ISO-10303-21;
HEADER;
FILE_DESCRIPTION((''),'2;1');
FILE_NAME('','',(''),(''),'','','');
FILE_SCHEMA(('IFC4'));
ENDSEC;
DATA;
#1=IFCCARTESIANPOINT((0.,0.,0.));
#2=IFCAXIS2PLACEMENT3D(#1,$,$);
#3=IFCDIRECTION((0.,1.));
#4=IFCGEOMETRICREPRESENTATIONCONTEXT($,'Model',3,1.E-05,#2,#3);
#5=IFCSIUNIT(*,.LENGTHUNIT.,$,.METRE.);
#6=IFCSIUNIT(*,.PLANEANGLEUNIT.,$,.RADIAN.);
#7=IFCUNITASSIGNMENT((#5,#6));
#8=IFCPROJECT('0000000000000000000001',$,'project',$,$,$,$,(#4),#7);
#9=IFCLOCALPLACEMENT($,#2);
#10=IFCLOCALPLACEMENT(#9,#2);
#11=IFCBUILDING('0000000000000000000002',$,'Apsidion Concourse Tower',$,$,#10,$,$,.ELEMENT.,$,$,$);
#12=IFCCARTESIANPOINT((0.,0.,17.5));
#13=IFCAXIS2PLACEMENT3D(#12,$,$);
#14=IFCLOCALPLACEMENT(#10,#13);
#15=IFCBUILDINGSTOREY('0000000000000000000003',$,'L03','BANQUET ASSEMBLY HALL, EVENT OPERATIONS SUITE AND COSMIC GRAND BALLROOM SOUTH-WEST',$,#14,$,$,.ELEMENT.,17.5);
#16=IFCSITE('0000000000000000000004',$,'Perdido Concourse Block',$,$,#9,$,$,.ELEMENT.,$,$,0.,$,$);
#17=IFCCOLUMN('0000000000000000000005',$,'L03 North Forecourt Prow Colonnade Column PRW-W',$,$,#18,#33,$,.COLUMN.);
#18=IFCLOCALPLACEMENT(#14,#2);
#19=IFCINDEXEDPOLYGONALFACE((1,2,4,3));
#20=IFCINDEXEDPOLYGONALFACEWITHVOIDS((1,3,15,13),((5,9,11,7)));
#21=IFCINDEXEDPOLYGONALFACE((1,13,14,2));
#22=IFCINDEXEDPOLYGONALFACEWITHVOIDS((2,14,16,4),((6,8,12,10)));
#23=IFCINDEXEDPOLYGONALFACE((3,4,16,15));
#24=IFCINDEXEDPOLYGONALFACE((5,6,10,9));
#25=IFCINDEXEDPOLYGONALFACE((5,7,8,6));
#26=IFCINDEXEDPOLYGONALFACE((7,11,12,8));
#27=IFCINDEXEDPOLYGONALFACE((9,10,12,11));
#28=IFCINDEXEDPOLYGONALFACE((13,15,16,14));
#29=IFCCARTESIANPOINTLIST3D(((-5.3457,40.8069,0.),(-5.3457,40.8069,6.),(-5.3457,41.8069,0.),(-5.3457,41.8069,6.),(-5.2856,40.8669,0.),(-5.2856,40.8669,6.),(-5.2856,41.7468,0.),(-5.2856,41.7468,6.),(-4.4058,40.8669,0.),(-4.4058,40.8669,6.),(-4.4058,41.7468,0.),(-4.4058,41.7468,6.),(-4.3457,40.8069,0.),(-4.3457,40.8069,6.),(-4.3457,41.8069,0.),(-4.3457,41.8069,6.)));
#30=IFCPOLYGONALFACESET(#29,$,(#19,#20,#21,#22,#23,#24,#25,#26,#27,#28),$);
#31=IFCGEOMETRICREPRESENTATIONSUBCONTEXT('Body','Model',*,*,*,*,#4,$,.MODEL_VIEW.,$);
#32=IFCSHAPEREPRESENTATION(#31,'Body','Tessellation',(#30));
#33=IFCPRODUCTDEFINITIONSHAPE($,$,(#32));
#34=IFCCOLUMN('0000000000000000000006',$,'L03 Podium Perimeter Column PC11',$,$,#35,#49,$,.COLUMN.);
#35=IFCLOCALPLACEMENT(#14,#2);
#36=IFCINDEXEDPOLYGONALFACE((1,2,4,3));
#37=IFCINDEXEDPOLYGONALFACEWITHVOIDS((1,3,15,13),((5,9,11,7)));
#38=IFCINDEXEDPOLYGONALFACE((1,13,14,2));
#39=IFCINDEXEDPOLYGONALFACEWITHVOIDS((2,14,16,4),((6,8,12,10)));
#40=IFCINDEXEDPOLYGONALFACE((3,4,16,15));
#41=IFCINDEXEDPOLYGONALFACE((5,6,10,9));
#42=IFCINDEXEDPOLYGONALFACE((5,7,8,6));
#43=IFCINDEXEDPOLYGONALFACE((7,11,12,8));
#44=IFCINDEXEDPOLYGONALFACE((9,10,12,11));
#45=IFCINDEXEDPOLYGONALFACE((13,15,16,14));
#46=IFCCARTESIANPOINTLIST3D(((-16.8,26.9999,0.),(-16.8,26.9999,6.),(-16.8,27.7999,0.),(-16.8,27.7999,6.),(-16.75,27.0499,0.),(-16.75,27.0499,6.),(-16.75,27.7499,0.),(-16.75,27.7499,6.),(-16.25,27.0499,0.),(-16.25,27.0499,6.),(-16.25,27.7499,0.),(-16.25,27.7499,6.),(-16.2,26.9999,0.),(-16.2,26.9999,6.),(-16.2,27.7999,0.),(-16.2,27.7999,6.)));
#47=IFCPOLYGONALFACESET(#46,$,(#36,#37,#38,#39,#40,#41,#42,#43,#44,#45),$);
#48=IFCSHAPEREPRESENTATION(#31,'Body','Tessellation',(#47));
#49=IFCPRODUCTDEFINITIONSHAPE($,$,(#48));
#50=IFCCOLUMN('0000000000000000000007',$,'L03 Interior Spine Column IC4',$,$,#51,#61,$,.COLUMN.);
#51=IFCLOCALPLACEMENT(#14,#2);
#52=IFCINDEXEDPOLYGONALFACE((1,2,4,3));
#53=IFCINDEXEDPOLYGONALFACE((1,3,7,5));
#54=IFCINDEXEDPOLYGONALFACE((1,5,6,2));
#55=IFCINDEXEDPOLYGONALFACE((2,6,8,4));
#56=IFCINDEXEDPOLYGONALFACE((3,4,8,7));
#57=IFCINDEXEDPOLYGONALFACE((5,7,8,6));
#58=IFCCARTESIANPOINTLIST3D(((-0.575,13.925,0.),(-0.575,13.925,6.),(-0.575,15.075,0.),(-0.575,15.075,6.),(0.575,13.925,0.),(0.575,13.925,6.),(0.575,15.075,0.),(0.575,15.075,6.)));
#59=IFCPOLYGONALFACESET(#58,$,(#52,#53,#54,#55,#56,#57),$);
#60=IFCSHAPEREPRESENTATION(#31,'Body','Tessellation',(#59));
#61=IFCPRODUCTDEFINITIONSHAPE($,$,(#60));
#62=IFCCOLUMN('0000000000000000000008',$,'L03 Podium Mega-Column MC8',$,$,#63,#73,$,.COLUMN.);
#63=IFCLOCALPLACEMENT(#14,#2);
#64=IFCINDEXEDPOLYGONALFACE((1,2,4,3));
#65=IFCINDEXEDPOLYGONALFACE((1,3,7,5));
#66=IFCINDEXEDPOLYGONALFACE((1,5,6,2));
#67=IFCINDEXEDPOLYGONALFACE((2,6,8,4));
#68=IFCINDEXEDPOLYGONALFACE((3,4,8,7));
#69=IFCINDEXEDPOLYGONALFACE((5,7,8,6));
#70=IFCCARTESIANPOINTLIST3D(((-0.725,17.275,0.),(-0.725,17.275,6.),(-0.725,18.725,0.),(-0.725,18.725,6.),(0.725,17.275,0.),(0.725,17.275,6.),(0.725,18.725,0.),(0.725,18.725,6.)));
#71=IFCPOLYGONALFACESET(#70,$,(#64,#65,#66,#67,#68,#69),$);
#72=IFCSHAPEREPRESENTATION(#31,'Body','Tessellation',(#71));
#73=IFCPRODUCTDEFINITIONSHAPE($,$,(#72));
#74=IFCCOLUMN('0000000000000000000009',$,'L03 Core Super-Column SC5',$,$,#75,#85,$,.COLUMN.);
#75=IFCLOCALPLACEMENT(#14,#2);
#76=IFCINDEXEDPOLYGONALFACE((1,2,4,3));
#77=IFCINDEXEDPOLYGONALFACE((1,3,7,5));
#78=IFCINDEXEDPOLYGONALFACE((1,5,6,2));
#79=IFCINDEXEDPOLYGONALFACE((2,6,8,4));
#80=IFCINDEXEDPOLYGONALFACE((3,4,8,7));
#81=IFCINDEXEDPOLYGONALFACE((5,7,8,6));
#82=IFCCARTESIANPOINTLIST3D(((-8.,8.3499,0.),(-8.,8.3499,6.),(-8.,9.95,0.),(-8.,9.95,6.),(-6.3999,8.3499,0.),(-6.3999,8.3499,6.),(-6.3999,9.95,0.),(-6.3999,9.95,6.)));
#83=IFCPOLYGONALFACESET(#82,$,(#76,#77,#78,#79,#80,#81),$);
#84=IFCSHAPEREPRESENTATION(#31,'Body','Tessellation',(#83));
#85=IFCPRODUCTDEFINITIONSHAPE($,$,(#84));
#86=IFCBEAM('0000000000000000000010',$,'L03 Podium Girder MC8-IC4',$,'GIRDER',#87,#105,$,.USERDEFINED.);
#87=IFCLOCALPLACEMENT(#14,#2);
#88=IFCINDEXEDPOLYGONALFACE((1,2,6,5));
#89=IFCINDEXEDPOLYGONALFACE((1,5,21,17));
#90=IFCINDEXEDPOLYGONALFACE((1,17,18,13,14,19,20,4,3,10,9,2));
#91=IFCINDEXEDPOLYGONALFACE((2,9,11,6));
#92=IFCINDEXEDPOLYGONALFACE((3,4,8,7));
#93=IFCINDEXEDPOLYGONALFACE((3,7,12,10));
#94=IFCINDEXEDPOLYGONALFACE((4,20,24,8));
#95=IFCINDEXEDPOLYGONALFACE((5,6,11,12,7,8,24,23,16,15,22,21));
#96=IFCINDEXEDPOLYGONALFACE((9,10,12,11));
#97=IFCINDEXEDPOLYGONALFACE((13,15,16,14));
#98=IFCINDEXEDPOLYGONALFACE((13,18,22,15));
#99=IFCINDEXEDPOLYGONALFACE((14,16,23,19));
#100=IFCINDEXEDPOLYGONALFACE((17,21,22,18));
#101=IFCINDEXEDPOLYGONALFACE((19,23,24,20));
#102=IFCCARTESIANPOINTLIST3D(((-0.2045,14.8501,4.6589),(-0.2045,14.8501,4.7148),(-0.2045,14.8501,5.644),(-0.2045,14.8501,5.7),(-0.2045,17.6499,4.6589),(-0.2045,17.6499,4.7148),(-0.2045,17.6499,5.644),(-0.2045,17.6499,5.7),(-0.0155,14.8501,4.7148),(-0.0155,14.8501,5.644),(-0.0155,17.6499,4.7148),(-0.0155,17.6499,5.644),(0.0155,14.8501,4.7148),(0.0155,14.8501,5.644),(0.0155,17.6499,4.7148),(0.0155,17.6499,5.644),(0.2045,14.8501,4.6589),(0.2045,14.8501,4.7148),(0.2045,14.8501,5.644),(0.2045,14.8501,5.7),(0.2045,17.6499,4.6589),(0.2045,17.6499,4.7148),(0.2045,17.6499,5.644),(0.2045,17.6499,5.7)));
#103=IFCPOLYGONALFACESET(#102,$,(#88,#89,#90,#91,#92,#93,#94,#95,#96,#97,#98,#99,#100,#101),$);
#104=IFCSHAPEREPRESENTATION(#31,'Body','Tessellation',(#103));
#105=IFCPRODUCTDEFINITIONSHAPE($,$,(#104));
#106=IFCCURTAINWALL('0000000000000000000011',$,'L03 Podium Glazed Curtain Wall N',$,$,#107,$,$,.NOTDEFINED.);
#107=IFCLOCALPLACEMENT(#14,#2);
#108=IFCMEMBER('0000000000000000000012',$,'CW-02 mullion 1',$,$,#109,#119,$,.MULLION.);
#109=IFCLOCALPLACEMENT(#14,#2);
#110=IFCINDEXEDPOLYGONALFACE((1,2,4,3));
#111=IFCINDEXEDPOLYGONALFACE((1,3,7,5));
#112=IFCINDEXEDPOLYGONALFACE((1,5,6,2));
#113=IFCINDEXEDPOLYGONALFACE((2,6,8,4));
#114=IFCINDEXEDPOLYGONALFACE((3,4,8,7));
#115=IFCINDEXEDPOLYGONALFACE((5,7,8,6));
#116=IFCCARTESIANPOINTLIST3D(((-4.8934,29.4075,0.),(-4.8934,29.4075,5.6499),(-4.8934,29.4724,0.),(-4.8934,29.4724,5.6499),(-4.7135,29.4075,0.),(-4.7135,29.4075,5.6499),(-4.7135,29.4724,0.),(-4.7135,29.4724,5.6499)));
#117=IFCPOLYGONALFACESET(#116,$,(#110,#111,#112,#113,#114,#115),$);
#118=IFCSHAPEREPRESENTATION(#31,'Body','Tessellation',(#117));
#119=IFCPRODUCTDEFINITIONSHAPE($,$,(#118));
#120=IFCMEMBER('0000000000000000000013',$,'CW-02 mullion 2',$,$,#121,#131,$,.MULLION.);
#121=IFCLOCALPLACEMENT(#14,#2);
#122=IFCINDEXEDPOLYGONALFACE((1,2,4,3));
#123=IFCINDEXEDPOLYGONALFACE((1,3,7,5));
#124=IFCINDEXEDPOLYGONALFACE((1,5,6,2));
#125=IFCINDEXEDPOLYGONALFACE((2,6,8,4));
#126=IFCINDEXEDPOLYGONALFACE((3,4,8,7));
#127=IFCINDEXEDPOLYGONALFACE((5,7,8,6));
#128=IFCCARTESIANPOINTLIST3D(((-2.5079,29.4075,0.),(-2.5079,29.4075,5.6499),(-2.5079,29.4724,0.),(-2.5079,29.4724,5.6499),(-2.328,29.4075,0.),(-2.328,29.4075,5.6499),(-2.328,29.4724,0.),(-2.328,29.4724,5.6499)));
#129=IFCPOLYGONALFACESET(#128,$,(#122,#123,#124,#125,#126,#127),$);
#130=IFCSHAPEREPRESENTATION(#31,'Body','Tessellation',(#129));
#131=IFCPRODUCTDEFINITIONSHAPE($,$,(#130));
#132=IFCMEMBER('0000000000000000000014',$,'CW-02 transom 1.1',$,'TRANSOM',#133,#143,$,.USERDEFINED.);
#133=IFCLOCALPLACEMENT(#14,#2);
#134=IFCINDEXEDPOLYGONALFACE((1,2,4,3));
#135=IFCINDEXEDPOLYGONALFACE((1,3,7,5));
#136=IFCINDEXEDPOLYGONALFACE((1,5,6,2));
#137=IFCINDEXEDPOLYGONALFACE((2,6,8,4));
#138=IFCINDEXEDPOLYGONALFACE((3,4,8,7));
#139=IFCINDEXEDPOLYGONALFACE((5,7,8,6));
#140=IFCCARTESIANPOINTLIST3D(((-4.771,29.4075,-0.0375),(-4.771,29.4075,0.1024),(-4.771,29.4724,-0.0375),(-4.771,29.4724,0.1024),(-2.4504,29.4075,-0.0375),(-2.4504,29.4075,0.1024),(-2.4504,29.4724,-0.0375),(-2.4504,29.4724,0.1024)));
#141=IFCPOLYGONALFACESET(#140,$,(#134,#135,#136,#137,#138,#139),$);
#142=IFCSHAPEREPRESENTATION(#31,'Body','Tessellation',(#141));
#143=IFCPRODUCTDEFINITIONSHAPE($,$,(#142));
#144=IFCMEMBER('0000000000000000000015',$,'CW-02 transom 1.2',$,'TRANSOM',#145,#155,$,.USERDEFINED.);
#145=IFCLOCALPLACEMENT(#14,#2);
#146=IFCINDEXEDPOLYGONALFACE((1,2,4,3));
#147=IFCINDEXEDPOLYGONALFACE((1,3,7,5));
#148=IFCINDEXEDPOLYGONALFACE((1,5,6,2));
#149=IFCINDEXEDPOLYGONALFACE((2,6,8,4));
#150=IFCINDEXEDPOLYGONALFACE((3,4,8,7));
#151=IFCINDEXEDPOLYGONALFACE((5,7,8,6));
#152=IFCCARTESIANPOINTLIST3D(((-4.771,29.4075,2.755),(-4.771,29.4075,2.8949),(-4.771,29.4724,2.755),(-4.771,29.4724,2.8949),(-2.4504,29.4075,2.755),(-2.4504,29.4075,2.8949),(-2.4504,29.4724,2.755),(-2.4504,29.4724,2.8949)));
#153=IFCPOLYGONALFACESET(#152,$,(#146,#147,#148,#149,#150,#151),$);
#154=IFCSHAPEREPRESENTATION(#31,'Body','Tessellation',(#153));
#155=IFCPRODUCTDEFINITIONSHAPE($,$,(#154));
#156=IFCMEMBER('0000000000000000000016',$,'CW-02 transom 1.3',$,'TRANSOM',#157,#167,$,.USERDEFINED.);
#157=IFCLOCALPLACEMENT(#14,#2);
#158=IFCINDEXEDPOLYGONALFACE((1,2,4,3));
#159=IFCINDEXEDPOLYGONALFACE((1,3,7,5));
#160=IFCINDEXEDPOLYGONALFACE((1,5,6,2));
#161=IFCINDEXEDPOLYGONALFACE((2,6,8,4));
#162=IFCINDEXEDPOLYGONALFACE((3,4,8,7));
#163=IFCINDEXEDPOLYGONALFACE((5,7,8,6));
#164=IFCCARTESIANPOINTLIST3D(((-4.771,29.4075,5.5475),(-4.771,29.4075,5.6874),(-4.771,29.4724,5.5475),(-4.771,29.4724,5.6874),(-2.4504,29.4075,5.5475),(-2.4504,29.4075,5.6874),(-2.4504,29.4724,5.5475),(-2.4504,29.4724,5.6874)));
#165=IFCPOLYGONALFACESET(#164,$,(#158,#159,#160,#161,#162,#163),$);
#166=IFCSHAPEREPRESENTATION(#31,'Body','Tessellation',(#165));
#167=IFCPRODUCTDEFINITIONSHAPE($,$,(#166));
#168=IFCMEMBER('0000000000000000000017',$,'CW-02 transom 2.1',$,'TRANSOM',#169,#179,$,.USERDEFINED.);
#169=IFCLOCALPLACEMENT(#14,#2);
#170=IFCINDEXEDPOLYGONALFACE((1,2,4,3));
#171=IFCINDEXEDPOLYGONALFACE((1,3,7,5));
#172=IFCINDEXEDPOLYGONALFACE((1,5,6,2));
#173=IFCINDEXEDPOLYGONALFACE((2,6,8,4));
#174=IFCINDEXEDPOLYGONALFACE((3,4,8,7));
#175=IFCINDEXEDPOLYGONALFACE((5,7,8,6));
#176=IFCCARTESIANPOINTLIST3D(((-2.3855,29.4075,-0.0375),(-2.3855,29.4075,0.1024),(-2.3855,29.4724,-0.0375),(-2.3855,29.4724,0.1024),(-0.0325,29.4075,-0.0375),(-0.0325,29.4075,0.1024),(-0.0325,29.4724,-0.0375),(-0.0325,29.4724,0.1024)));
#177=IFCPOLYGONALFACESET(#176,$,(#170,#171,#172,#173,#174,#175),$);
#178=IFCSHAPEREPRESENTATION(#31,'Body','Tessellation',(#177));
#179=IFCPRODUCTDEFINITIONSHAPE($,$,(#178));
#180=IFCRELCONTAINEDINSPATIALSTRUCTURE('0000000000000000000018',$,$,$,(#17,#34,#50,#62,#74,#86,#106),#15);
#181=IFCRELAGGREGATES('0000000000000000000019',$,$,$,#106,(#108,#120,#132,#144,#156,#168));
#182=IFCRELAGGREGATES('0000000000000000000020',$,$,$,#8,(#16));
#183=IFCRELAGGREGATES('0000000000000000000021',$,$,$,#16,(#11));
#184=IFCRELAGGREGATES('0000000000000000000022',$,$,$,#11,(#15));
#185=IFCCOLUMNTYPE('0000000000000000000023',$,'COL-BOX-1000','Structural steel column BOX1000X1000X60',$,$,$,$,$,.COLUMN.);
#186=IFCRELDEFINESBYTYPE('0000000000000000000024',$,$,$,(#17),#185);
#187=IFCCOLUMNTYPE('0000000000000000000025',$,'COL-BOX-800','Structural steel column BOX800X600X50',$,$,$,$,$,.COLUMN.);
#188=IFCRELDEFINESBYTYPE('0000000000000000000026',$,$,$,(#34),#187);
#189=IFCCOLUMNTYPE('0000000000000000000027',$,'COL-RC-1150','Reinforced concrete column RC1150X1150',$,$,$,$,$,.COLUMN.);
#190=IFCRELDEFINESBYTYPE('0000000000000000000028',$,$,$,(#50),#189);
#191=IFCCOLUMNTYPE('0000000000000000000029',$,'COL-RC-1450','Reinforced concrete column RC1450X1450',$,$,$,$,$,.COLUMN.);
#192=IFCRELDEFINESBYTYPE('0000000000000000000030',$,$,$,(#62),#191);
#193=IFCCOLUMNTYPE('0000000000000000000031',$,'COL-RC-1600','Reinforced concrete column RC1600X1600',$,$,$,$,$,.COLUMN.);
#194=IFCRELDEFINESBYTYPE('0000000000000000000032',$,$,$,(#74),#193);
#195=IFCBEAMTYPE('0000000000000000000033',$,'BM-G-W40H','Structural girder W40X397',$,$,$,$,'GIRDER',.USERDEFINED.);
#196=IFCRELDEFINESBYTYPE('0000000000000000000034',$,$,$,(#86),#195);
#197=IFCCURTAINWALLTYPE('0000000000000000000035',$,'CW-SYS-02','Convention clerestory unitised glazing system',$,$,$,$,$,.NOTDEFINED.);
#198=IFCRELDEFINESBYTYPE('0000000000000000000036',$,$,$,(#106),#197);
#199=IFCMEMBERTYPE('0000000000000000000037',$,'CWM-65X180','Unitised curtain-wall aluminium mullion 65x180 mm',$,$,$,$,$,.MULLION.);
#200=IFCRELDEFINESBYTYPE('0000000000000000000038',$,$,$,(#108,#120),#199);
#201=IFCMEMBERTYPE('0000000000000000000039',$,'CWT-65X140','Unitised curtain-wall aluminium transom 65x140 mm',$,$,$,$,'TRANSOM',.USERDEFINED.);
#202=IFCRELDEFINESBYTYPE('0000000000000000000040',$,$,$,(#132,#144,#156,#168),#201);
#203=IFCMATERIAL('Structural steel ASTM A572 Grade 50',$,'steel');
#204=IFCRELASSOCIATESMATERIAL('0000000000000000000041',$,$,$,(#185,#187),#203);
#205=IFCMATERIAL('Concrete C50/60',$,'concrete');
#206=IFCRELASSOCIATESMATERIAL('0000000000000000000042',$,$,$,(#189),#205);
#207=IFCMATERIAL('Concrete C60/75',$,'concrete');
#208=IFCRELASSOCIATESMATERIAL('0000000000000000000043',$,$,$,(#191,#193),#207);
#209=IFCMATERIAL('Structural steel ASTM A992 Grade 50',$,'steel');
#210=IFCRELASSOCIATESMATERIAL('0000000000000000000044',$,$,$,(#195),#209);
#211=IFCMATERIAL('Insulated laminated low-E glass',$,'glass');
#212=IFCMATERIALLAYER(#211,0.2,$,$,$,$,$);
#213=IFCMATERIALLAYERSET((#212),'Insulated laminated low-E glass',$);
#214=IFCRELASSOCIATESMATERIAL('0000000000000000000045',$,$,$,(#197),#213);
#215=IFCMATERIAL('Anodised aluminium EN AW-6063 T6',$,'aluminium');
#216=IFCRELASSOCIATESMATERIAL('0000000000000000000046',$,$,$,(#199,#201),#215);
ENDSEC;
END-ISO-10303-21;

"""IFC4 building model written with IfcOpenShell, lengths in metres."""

from ifc_helpers import new_model, si_unit, direction, frame, origin, origin_2d, place, context, subcontext, project, spatial, rectangle, hollow_rectangle, i_section, extrude, material, layer, layer_set, material_profile, profile_set, type_object, element, aggregate, save


model = new_model("IFC4")

# Units and contexts
model_context = context("Model", 3, precision=1e-05, world=origin(), true_north=direction((0.0, 1.0)))
body_context = subcontext(model_context, "Body", "Model", "MODEL_VIEW")
ifc_project = project(units=[si_unit("LENGTHUNIT", "METRE"), si_unit("PLANEANGLEUNIT", "RADIAN")], contexts=[model_context])

# Site, building, storey
site_placement = place(None, origin())
site = spatial("IfcSite", under=ifc_project, at=site_placement, Name="Perdido Concourse Block", CompositionType="ELEMENT", RefElevation=0.0)
building_placement = place(site_placement, origin())
building = spatial("IfcBuilding", under=site, at=building_placement, Name="Apsidion Concourse Tower", CompositionType="ELEMENT")
storey_placement = place(building_placement, frame((0.0, 0.0, 17.5)))
storey = spatial("IfcBuildingStorey", under=building, at=storey_placement, Name="L03", Description="BANQUET ASSEMBLY HALL, EVENT OPERATIONS SUITE AND COSMIC GRAND BALLROOM SOUTH-WEST", CompositionType="ELEMENT", Elevation=17.5)

# Columns
ifc_material_1 = material(Name="Structural steel ASTM A572 Grade 50", Category="steel")
ifc_material_profile_1 = material_profile(ifc_material_1, hollow_rectangle(XDim=1.0, YDim=1.0, WallThickness=0.0601, at=origin_2d()), Name="BOX1000X1000X60")
ifc_profile_set_1 = profile_set([ifc_material_profile_1], Name="Structural steel ASTM A572 Grade 50")
column_type_1 = type_object("IfcColumnType", Name="COL-BOX-1000", Description="Structural steel column BOX1000X1000X60", PredefinedType="COLUMN", material=ifc_profile_set_1)
column_1_placement = place(storey_placement, frame((-4.8457, 41.3069, 0.0), z_axis=(0.0, 0.0, 1.0), x_axis=(1.0, 0.0, 0.0)))
element("IfcColumn", 1, at=column_1_placement, inside=storey, type_object=column_type_1, Name="L03 North Forecourt Prow Colonnade Column PRW-W", PredefinedType="COLUMN", context=body_context, shape_type="SweptSolid", body=[
    extrude(hollow_rectangle(XDim=1.0, YDim=1.0, WallThickness=0.0601, at=origin_2d()), origin(), (0.0, 0.0, 1.0), 6.0),
])
ifc_material_profile_2 = material_profile(ifc_material_1, hollow_rectangle(XDim=0.6001, YDim=0.8, WallThickness=0.05, at=origin_2d()), Name="BOX800X600X50")
ifc_profile_set_2 = profile_set([ifc_material_profile_2], Name="Structural steel ASTM A572 Grade 50")
column_type_2 = type_object("IfcColumnType", Name="COL-BOX-800", Description="Structural steel column BOX800X600X50", PredefinedType="COLUMN", material=ifc_profile_set_2)
column_2_placement = place(storey_placement, frame((-16.5, 27.3999, 0.0), z_axis=(0.0, 0.0, 1.0), x_axis=(1.0, 0.0, 0.0)))
element("IfcColumn", 2, at=column_2_placement, inside=storey, type_object=column_type_2, Name="L03 Podium Perimeter Column PC11", PredefinedType="COLUMN", context=body_context, shape_type="SweptSolid", body=[
    extrude(hollow_rectangle(XDim=0.6001, YDim=0.8, WallThickness=0.05, at=origin_2d()), origin(), (0.0, 0.0, 1.0), 6.0),
])
ifc_material_2 = material(Name="Concrete C50/60", Category="concrete")
ifc_material_profile_3 = material_profile(ifc_material_2, rectangle(XDim=1.1499, YDim=1.1499, at=origin_2d()), Name="RC 1150x1150")
ifc_profile_set_3 = profile_set([ifc_material_profile_3], Name="Concrete C50/60")
column_type_3 = type_object("IfcColumnType", Name="COL-RC-1150", Description="Reinforced concrete column RC1150X1150", PredefinedType="COLUMN", material=ifc_profile_set_3)
column_3_placement = place(storey_placement, frame((0.0, 14.5, 0.0), z_axis=(0.0, 0.0, 1.0), x_axis=(1.0, 0.0, 0.0)))
element("IfcColumn", 3, at=column_3_placement, inside=storey, type_object=column_type_3, Name="L03 Interior Spine Column IC4", PredefinedType="COLUMN", context=body_context, shape_type="SweptSolid", body=[
    extrude(rectangle(XDim=1.1499, YDim=1.1499, at=origin_2d()), origin(), (0.0, 0.0, 1.0), 6.0),
])
ifc_material_3 = material(Name="Concrete C60/75", Category="concrete")
ifc_material_profile_4 = material_profile(ifc_material_3, rectangle(XDim=1.45, YDim=1.45, at=origin_2d()), Name="RC 1450x1450")
ifc_profile_set_4 = profile_set([ifc_material_profile_4], Name="Concrete C60/75")
column_type_4 = type_object("IfcColumnType", Name="COL-RC-1450", Description="Reinforced concrete column RC1450X1450", PredefinedType="COLUMN", material=ifc_profile_set_4)
column_4_placement = place(storey_placement, frame((0.0, 18.0, 0.0), z_axis=(0.0, 0.0, 1.0), x_axis=(1.0, 0.0, 0.0)))
element("IfcColumn", 4, at=column_4_placement, inside=storey, type_object=column_type_4, Name="L03 Podium Mega-Column MC8", PredefinedType="COLUMN", context=body_context, shape_type="SweptSolid", body=[
    extrude(rectangle(XDim=1.45, YDim=1.45, at=origin_2d()), origin(), (0.0, 0.0, 1.0), 6.0),
])
ifc_material_profile_5 = material_profile(ifc_material_3, rectangle(XDim=1.6001, YDim=1.6001, at=origin_2d()), Name="RC 1600x1600")
ifc_profile_set_5 = profile_set([ifc_material_profile_5], Name="Concrete C60/75")
column_type_5 = type_object("IfcColumnType", Name="COL-RC-1600", Description="Reinforced concrete column RC1600X1600", PredefinedType="COLUMN", material=ifc_profile_set_5)
column_5_placement = place(storey_placement, frame((-7.2, 9.1499, 0.0), z_axis=(0.0, 0.0, 1.0), x_axis=(1.0, 0.0, 0.0)))
element("IfcColumn", 5, at=column_5_placement, inside=storey, type_object=column_type_5, Name="L03 Core Super-Column SC5", PredefinedType="COLUMN", context=body_context, shape_type="SweptSolid", body=[
    extrude(rectangle(XDim=1.6001, YDim=1.6001, at=origin_2d()), origin(), (0.0, 0.0, 1.0), 6.0),
])

# Beam
ifc_material_4 = material(Name="Structural steel ASTM A992 Grade 50", Category="steel")
ifc_material_profile_6 = material_profile(ifc_material_4, i_section(OverallWidth=0.4089, OverallDepth=1.041, WebThickness=0.031, FlangeThickness=0.0559, at=origin_2d()), Name="W40X397")
ifc_profile_set_6 = profile_set([ifc_material_profile_6], Name="Structural steel ASTM A992 Grade 50")
beam_type = type_object("IfcBeamType", Name="BM-G-W40H", Description="Structural girder W40X397", ElementType="GIRDER", PredefinedType="USERDEFINED", material=ifc_profile_set_6)
beam_placement = place(storey_placement, frame((0.0, 17.6499, 5.1794), z_axis=(0.0, -1.0, 0.0), x_axis=(1.0, 0.0, 0.0)))
element("IfcBeam", 6, at=beam_placement, inside=storey, type_object=beam_type, Name="L03 Podium Girder MC8-IC4", ObjectType="GIRDER", PredefinedType="USERDEFINED", context=body_context, shape_type="SweptSolid", body=[
    extrude(i_section(OverallWidth=0.4089, OverallDepth=1.041, WebThickness=0.031, FlangeThickness=0.0559, at=origin_2d()), origin(), (0.0, 0.0, 1.0), 2.7998),
])

# Curtain wall, members
ifc_material_5 = material(Name="Insulated laminated low-E glass", Category="glass")
ifc_layer_1 = layer(ifc_material_5, 0.2)
ifc_layer_set_1 = layer_set([ifc_layer_1], Name="Insulated laminated low-E glass")
curtain_wall_type = type_object("IfcCurtainWallType", Name="CW-SYS-02", Description="Convention clerestory unitised glazing system", PredefinedType="NOTDEFINED", material=ifc_layer_set_1)
curtain_wall_placement = place(storey_placement, origin())
curtain_wall = element("IfcCurtainWall", 7, at=curtain_wall_placement, inside=storey, type_object=curtain_wall_type, Name="L03 Podium Glazed Curtain Wall N", PredefinedType="NOTDEFINED")
ifc_material_6 = material(Name="Anodised aluminium EN AW-6063 T6", Category="aluminium")
ifc_material_profile_7 = material_profile(ifc_material_6, rectangle(XDim=0.0649, YDim=0.1799, at=origin_2d()), Name="ALU MULLION 65x180")
ifc_profile_set_7 = profile_set([ifc_material_profile_7], Name="Anodised aluminium EN AW-6063 T6")
member_type_1 = type_object("IfcMemberType", Name="CWM-65X180", Description="Unitised curtain-wall aluminium mullion 65x180 mm", PredefinedType="MULLION", material=ifc_profile_set_7)
member_1_placement = place(storey_placement, frame((-4.8035, 29.4399, 0.0), z_axis=(0.0, 0.0, 1.0), x_axis=(0.0, 1.0, 0.0)))
member_1 = element("IfcMember", 8, at=member_1_placement, type_object=member_type_1, Name="CW-02 mullion 1", PredefinedType="MULLION", context=body_context, shape_type="SweptSolid", body=[
    extrude(rectangle(XDim=0.0649, YDim=0.1799, at=origin_2d()), origin(), (0.0, 0.0, 1.0), 5.6499),
])
member_2_placement = place(storey_placement, frame((-2.418, 29.4399, 0.0), z_axis=(0.0, 0.0, 1.0), x_axis=(0.0, 1.0, 0.0)))
member_2 = element("IfcMember", 9, at=member_2_placement, type_object=member_type_1, Name="CW-02 mullion 2", PredefinedType="MULLION", context=body_context, shape_type="SweptSolid", body=[
    extrude(rectangle(XDim=0.0649, YDim=0.1799, at=origin_2d()), origin(), (0.0, 0.0, 1.0), 5.6499),
])
ifc_material_profile_8 = material_profile(ifc_material_6, rectangle(XDim=0.0649, YDim=0.1399, at=origin_2d()), Name="ALU TRANSOM 65x140")
ifc_profile_set_8 = profile_set([ifc_material_profile_8], Name="Anodised aluminium EN AW-6063 T6")
member_type_2 = type_object("IfcMemberType", Name="CWT-65X140", Description="Unitised curtain-wall aluminium transom 65x140 mm", ElementType="TRANSOM", PredefinedType="USERDEFINED", material=ifc_profile_set_8)
member_3_placement = place(storey_placement, frame((-4.771, 29.4399, 0.0325), z_axis=(1.0, 0.0, 0.0), x_axis=(0.0, 1.0, 0.0)))
member_3 = element("IfcMember", 10, at=member_3_placement, type_object=member_type_2, Name="CW-02 transom 1.1", ObjectType="TRANSOM", PredefinedType="USERDEFINED", context=body_context, shape_type="SweptSolid", body=[
    extrude(rectangle(XDim=0.0649, YDim=0.1399, at=origin_2d()), origin(), (0.0, 0.0, 1.0), 2.3206),
])
member_4_placement = place(storey_placement, frame((-4.771, 29.4399, 2.825), z_axis=(1.0, 0.0, 0.0), x_axis=(0.0, 1.0, 0.0)))
member_4 = element("IfcMember", 11, at=member_4_placement, type_object=member_type_2, Name="CW-02 transom 1.2", ObjectType="TRANSOM", PredefinedType="USERDEFINED", context=body_context, shape_type="SweptSolid", body=[
    extrude(rectangle(XDim=0.0649, YDim=0.1399, at=origin_2d()), origin(), (0.0, 0.0, 1.0), 2.3206),
])
member_5_placement = place(storey_placement, frame((-4.771, 29.4399, 5.6174), z_axis=(1.0, 0.0, 0.0), x_axis=(0.0, 1.0, 0.0)))
member_5 = element("IfcMember", 12, at=member_5_placement, type_object=member_type_2, Name="CW-02 transom 1.3", ObjectType="TRANSOM", PredefinedType="USERDEFINED", context=body_context, shape_type="SweptSolid", body=[
    extrude(rectangle(XDim=0.0649, YDim=0.1399, at=origin_2d()), origin(), (0.0, 0.0, 1.0), 2.3206),
])
member_6_placement = place(storey_placement, frame((-2.3855, 29.4399, 0.0325), z_axis=(1.0, 0.0, 0.0), x_axis=(0.0, 1.0, 0.0)))
member_6 = element("IfcMember", 13, at=member_6_placement, type_object=member_type_2, Name="CW-02 transom 2.1", ObjectType="TRANSOM", PredefinedType="USERDEFINED", context=body_context, shape_type="SweptSolid", body=[
    extrude(rectangle(XDim=0.0649, YDim=0.1399, at=origin_2d()), origin(), (0.0, 0.0, 1.0), 2.353),
])
aggregate(curtain_wall, [member_1, member_2, member_3, member_4, member_5, member_6])

save(model, "model.ifc")
